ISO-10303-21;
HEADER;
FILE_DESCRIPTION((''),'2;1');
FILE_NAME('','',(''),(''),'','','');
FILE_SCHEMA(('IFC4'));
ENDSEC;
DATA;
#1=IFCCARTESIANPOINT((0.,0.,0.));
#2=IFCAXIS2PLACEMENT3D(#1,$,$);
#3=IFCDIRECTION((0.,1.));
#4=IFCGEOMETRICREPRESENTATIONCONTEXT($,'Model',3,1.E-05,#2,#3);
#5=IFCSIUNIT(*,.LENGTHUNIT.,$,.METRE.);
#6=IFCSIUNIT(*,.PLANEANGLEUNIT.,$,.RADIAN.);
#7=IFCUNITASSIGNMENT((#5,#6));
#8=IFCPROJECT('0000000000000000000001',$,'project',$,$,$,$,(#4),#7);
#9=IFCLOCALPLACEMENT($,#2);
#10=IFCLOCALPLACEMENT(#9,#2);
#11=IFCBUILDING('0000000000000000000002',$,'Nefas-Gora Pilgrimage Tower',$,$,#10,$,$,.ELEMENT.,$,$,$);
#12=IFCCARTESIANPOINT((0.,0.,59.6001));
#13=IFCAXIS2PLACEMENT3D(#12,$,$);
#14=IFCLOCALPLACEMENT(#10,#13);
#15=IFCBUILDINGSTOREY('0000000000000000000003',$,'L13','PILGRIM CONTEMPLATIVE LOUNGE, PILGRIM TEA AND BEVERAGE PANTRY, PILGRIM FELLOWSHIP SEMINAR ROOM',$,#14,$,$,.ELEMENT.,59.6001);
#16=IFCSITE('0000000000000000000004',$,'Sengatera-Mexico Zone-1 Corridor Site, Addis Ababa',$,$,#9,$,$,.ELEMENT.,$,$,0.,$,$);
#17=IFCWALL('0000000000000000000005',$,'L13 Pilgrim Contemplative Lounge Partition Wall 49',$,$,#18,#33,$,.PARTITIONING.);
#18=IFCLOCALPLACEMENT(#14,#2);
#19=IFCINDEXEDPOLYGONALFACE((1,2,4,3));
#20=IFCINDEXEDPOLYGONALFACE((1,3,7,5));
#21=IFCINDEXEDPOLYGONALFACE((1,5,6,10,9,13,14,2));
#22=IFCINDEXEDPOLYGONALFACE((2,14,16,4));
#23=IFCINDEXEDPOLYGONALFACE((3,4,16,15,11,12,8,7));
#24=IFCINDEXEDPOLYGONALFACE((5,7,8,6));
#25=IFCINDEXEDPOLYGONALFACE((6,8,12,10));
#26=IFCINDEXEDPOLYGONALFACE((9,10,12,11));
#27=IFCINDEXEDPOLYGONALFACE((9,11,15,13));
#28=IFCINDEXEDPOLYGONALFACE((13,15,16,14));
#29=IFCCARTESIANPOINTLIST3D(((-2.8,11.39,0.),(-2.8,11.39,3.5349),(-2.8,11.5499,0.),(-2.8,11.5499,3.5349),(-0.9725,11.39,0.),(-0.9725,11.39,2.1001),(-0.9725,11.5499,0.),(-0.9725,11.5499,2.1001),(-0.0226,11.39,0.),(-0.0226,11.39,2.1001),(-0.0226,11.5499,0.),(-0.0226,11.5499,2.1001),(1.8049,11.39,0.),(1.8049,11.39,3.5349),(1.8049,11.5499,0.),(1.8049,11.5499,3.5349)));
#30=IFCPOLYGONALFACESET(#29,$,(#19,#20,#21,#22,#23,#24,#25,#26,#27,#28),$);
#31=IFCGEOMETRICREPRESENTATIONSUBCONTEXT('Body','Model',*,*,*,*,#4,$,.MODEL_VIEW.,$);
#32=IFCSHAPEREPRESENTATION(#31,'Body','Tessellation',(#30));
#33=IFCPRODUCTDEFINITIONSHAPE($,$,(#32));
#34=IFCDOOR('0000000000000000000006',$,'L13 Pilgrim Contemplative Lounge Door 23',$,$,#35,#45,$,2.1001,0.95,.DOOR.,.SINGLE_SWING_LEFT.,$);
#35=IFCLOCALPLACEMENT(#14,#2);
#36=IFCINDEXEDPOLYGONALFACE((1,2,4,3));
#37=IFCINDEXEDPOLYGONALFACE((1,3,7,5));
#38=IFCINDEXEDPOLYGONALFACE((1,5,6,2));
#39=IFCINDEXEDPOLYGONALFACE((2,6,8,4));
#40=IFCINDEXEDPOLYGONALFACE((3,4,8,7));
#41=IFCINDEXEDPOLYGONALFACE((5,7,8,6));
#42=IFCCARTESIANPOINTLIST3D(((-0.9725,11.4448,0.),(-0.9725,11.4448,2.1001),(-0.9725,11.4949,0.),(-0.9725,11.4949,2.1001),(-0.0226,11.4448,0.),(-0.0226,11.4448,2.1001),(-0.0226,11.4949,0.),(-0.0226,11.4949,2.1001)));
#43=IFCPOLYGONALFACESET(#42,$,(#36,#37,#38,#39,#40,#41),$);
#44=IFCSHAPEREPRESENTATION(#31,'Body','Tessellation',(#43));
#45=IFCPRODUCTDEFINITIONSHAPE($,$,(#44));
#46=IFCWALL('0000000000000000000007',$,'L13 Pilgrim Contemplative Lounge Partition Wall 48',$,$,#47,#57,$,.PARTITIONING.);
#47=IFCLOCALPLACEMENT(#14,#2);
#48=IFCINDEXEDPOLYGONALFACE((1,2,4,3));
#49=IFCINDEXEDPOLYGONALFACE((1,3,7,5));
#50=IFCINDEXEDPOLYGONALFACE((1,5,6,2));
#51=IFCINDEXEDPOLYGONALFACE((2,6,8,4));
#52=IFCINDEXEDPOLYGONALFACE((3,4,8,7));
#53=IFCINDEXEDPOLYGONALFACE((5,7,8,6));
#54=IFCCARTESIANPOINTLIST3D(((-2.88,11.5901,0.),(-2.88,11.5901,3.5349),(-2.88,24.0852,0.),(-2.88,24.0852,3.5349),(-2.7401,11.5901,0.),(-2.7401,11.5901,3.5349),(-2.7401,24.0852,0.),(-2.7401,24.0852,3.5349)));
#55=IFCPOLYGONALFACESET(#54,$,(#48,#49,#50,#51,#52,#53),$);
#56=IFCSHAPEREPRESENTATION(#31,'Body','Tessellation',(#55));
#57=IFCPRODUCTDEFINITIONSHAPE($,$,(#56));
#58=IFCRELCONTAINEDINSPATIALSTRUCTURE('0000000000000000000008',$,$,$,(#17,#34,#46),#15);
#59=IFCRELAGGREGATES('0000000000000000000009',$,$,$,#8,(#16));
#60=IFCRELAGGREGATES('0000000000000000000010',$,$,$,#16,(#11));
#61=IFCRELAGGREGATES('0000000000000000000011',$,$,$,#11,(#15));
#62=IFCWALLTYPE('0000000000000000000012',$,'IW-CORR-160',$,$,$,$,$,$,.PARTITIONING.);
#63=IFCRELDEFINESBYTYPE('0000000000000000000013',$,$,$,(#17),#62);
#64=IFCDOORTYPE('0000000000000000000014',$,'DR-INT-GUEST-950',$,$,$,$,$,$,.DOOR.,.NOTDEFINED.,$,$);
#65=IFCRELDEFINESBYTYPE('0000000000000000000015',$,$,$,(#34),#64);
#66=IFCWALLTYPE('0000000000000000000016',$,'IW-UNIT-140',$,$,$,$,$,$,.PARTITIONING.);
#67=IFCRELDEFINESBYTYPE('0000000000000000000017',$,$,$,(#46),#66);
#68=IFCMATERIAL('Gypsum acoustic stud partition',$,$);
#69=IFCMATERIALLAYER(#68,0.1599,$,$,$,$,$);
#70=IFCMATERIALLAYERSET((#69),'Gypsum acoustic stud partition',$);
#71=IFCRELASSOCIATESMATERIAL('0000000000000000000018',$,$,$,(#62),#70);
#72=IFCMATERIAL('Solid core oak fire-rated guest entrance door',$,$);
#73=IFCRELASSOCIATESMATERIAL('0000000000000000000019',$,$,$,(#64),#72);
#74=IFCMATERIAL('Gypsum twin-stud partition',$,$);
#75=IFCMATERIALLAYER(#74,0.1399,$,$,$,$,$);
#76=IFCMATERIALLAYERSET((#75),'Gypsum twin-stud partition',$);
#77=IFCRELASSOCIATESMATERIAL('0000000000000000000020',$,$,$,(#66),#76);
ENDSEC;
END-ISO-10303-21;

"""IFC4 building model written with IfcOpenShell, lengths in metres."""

from ifc_helpers import new_model, si_unit, direction, frame, frame_2d, origin, place, context, subcontext, project, spatial, rectangle, extrude, source, transform, mapped, material, layer, layer_set, type_object, element, fill, save


model = new_model("IFC4")

# Units and contexts
model_context = context("Model", 3, precision=1e-05, world=origin(), true_north=direction((0.0, 1.0)))
body_context = subcontext(model_context, "Body", "Model", "MODEL_VIEW")
ifc_project = project(units=[si_unit("LENGTHUNIT", "METRE"), si_unit("PLANEANGLEUNIT", "RADIAN")], contexts=[model_context])

# Site, building, storey
site_placement = place(None, origin())
site = spatial("IfcSite", under=ifc_project, at=site_placement, Name="Sengatera-Mexico Zone-1 Corridor Site, Addis Ababa", CompositionType="ELEMENT", RefElevation=0.0)
building_placement = place(site_placement, origin())
building = spatial("IfcBuilding", under=site, at=building_placement, Name="Nefas-Gora Pilgrimage Tower", CompositionType="ELEMENT")
storey_placement = place(building_placement, frame((0.0, 0.0, 59.6001)))
storey = spatial("IfcBuildingStorey", under=building, at=storey_placement, Name="L13", Description="PILGRIM CONTEMPLATIVE LOUNGE, PILGRIM TEA AND BEVERAGE PANTRY, PILGRIM FELLOWSHIP SEMINAR ROOM", CompositionType="ELEMENT", Elevation=59.6001)

# Wall, opening, door
ifc_material_1 = material(Name="Gypsum acoustic stud partition")
ifc_layer_1 = layer(ifc_material_1, 0.1599)
ifc_layer_set_1 = layer_set([ifc_layer_1], Name="Gypsum acoustic stud partition")
wall_type_1 = type_object("IfcWallType", Name="IW-CORR-160", PredefinedType="PARTITIONING", material=ifc_layer_set_1)
shared_shape_1 = source(origin(), body_context, "Body", "SweptSolid", [
    extrude(rectangle(XDim=4.605, YDim=0.1599, at=frame_2d((2.3025, 0.0))), origin(), (0.0, 0.0, 1.0), 3.5349),
])
ifc_material_2 = material(Name="Solid core oak fire-rated guest entrance door")
door_type_1 = type_object("IfcDoorType", Name="DR-INT-GUEST-950", OperationType="NOTDEFINED", PredefinedType="DOOR", material=ifc_material_2)
shared_shape_2 = source(origin(), body_context, "Body", "SweptSolid", [
    extrude(rectangle(XDim=0.95, YDim=2.1001, at=frame_2d((0.4751, 1.05))), frame((0.0, 0.0249, 0.0), z_axis=(0.0, -1.0, 0.0), x_axis=(1.0, 0.0, 0.0)), (0.0, 0.0, 1.0), 0.05),
])
wall_1_placement = place(storey_placement, frame((-2.8, 11.47, 0.0), z_axis=(0.0, 0.0, 1.0), x_axis=(1.0, 0.0, 0.0)))
wall_1 = element("IfcWall", 1, at=wall_1_placement, inside=storey, type_object=wall_type_1, Name="L13 Pilgrim Contemplative Lounge Partition Wall 49", PredefinedType="PARTITIONING", context=body_context, shape_type="MappedRepresentation", body=[
    mapped(shared_shape_1, transform((0.0, 0.0, 0.0), x_axis=(1.0, 0.0, 0.0), y_axis=(0.0, 1.0, 0.0), z_axis=(0.0, 0.0, 1.0), scale=1.0)),
])
opening_1_placement = place(wall_1_placement, frame((1.8274, 0.0, 0.0)))
opening_1 = element("IfcOpeningElement", 2, at=opening_1_placement, cuts=wall_1, PredefinedType="OPENING", context=body_context, shape_type="SweptSolid", body=[
    extrude(rectangle(XDim=0.95, YDim=2.1001, at=frame_2d((0.4751, 1.05))), frame((0.0, 0.0898, 0.0), z_axis=(0.0, -1.0, 0.0), x_axis=(1.0, 0.0, 0.0)), (0.0, 0.0, 1.0), 0.1799),
])
door_1_placement = place(opening_1_placement, origin())
door_1 = element("IfcDoor", 3, at=door_1_placement, inside=storey, type_object=door_type_1, Name="L13 Pilgrim Contemplative Lounge Door 23", OperationType="SINGLE_SWING_LEFT", OverallHeight=2.1001, OverallWidth=0.95, PredefinedType="DOOR", context=body_context, shape_type="MappedRepresentation", body=[
    mapped(shared_shape_2, transform((0.0, 0.0, 0.0), x_axis=(1.0, 0.0, 0.0), y_axis=(0.0, 1.0, 0.0), z_axis=(0.0, 0.0, 1.0), scale=1.0)),
])
fill(opening_1, door_1)

# Wall
ifc_material_3 = material(Name="Gypsum twin-stud partition")
ifc_layer_2 = layer(ifc_material_3, 0.1399)
ifc_layer_set_2 = layer_set([ifc_layer_2], Name="Gypsum twin-stud partition")
wall_type_2 = type_object("IfcWallType", Name="IW-UNIT-140", PredefinedType="PARTITIONING", material=ifc_layer_set_2)
shared_shape_3 = source(origin(), body_context, "Body", "SweptSolid", [
    extrude(rectangle(XDim=12.4951, YDim=0.1399, at=frame_2d((6.2476, 0.0))), origin(), (0.0, 0.0, 1.0), 3.5349),
])
wall_2_placement = place(storey_placement, frame((-2.8101, 11.5901, 0.0), z_axis=(0.0, 0.0, 1.0), x_axis=(0.0, 1.0, 0.0)))
element("IfcWall", 4, at=wall_2_placement, inside=storey, type_object=wall_type_2, Name="L13 Pilgrim Contemplative Lounge Partition Wall 48", PredefinedType="PARTITIONING", context=body_context, shape_type="MappedRepresentation", body=[
    mapped(shared_shape_3, transform((0.0, 0.0, 0.0), x_axis=(1.0, 0.0, 0.0), y_axis=(0.0, 1.0, 0.0), z_axis=(0.0, 0.0, 1.0), scale=1.0)),
])

save(model, "model.ifc")
